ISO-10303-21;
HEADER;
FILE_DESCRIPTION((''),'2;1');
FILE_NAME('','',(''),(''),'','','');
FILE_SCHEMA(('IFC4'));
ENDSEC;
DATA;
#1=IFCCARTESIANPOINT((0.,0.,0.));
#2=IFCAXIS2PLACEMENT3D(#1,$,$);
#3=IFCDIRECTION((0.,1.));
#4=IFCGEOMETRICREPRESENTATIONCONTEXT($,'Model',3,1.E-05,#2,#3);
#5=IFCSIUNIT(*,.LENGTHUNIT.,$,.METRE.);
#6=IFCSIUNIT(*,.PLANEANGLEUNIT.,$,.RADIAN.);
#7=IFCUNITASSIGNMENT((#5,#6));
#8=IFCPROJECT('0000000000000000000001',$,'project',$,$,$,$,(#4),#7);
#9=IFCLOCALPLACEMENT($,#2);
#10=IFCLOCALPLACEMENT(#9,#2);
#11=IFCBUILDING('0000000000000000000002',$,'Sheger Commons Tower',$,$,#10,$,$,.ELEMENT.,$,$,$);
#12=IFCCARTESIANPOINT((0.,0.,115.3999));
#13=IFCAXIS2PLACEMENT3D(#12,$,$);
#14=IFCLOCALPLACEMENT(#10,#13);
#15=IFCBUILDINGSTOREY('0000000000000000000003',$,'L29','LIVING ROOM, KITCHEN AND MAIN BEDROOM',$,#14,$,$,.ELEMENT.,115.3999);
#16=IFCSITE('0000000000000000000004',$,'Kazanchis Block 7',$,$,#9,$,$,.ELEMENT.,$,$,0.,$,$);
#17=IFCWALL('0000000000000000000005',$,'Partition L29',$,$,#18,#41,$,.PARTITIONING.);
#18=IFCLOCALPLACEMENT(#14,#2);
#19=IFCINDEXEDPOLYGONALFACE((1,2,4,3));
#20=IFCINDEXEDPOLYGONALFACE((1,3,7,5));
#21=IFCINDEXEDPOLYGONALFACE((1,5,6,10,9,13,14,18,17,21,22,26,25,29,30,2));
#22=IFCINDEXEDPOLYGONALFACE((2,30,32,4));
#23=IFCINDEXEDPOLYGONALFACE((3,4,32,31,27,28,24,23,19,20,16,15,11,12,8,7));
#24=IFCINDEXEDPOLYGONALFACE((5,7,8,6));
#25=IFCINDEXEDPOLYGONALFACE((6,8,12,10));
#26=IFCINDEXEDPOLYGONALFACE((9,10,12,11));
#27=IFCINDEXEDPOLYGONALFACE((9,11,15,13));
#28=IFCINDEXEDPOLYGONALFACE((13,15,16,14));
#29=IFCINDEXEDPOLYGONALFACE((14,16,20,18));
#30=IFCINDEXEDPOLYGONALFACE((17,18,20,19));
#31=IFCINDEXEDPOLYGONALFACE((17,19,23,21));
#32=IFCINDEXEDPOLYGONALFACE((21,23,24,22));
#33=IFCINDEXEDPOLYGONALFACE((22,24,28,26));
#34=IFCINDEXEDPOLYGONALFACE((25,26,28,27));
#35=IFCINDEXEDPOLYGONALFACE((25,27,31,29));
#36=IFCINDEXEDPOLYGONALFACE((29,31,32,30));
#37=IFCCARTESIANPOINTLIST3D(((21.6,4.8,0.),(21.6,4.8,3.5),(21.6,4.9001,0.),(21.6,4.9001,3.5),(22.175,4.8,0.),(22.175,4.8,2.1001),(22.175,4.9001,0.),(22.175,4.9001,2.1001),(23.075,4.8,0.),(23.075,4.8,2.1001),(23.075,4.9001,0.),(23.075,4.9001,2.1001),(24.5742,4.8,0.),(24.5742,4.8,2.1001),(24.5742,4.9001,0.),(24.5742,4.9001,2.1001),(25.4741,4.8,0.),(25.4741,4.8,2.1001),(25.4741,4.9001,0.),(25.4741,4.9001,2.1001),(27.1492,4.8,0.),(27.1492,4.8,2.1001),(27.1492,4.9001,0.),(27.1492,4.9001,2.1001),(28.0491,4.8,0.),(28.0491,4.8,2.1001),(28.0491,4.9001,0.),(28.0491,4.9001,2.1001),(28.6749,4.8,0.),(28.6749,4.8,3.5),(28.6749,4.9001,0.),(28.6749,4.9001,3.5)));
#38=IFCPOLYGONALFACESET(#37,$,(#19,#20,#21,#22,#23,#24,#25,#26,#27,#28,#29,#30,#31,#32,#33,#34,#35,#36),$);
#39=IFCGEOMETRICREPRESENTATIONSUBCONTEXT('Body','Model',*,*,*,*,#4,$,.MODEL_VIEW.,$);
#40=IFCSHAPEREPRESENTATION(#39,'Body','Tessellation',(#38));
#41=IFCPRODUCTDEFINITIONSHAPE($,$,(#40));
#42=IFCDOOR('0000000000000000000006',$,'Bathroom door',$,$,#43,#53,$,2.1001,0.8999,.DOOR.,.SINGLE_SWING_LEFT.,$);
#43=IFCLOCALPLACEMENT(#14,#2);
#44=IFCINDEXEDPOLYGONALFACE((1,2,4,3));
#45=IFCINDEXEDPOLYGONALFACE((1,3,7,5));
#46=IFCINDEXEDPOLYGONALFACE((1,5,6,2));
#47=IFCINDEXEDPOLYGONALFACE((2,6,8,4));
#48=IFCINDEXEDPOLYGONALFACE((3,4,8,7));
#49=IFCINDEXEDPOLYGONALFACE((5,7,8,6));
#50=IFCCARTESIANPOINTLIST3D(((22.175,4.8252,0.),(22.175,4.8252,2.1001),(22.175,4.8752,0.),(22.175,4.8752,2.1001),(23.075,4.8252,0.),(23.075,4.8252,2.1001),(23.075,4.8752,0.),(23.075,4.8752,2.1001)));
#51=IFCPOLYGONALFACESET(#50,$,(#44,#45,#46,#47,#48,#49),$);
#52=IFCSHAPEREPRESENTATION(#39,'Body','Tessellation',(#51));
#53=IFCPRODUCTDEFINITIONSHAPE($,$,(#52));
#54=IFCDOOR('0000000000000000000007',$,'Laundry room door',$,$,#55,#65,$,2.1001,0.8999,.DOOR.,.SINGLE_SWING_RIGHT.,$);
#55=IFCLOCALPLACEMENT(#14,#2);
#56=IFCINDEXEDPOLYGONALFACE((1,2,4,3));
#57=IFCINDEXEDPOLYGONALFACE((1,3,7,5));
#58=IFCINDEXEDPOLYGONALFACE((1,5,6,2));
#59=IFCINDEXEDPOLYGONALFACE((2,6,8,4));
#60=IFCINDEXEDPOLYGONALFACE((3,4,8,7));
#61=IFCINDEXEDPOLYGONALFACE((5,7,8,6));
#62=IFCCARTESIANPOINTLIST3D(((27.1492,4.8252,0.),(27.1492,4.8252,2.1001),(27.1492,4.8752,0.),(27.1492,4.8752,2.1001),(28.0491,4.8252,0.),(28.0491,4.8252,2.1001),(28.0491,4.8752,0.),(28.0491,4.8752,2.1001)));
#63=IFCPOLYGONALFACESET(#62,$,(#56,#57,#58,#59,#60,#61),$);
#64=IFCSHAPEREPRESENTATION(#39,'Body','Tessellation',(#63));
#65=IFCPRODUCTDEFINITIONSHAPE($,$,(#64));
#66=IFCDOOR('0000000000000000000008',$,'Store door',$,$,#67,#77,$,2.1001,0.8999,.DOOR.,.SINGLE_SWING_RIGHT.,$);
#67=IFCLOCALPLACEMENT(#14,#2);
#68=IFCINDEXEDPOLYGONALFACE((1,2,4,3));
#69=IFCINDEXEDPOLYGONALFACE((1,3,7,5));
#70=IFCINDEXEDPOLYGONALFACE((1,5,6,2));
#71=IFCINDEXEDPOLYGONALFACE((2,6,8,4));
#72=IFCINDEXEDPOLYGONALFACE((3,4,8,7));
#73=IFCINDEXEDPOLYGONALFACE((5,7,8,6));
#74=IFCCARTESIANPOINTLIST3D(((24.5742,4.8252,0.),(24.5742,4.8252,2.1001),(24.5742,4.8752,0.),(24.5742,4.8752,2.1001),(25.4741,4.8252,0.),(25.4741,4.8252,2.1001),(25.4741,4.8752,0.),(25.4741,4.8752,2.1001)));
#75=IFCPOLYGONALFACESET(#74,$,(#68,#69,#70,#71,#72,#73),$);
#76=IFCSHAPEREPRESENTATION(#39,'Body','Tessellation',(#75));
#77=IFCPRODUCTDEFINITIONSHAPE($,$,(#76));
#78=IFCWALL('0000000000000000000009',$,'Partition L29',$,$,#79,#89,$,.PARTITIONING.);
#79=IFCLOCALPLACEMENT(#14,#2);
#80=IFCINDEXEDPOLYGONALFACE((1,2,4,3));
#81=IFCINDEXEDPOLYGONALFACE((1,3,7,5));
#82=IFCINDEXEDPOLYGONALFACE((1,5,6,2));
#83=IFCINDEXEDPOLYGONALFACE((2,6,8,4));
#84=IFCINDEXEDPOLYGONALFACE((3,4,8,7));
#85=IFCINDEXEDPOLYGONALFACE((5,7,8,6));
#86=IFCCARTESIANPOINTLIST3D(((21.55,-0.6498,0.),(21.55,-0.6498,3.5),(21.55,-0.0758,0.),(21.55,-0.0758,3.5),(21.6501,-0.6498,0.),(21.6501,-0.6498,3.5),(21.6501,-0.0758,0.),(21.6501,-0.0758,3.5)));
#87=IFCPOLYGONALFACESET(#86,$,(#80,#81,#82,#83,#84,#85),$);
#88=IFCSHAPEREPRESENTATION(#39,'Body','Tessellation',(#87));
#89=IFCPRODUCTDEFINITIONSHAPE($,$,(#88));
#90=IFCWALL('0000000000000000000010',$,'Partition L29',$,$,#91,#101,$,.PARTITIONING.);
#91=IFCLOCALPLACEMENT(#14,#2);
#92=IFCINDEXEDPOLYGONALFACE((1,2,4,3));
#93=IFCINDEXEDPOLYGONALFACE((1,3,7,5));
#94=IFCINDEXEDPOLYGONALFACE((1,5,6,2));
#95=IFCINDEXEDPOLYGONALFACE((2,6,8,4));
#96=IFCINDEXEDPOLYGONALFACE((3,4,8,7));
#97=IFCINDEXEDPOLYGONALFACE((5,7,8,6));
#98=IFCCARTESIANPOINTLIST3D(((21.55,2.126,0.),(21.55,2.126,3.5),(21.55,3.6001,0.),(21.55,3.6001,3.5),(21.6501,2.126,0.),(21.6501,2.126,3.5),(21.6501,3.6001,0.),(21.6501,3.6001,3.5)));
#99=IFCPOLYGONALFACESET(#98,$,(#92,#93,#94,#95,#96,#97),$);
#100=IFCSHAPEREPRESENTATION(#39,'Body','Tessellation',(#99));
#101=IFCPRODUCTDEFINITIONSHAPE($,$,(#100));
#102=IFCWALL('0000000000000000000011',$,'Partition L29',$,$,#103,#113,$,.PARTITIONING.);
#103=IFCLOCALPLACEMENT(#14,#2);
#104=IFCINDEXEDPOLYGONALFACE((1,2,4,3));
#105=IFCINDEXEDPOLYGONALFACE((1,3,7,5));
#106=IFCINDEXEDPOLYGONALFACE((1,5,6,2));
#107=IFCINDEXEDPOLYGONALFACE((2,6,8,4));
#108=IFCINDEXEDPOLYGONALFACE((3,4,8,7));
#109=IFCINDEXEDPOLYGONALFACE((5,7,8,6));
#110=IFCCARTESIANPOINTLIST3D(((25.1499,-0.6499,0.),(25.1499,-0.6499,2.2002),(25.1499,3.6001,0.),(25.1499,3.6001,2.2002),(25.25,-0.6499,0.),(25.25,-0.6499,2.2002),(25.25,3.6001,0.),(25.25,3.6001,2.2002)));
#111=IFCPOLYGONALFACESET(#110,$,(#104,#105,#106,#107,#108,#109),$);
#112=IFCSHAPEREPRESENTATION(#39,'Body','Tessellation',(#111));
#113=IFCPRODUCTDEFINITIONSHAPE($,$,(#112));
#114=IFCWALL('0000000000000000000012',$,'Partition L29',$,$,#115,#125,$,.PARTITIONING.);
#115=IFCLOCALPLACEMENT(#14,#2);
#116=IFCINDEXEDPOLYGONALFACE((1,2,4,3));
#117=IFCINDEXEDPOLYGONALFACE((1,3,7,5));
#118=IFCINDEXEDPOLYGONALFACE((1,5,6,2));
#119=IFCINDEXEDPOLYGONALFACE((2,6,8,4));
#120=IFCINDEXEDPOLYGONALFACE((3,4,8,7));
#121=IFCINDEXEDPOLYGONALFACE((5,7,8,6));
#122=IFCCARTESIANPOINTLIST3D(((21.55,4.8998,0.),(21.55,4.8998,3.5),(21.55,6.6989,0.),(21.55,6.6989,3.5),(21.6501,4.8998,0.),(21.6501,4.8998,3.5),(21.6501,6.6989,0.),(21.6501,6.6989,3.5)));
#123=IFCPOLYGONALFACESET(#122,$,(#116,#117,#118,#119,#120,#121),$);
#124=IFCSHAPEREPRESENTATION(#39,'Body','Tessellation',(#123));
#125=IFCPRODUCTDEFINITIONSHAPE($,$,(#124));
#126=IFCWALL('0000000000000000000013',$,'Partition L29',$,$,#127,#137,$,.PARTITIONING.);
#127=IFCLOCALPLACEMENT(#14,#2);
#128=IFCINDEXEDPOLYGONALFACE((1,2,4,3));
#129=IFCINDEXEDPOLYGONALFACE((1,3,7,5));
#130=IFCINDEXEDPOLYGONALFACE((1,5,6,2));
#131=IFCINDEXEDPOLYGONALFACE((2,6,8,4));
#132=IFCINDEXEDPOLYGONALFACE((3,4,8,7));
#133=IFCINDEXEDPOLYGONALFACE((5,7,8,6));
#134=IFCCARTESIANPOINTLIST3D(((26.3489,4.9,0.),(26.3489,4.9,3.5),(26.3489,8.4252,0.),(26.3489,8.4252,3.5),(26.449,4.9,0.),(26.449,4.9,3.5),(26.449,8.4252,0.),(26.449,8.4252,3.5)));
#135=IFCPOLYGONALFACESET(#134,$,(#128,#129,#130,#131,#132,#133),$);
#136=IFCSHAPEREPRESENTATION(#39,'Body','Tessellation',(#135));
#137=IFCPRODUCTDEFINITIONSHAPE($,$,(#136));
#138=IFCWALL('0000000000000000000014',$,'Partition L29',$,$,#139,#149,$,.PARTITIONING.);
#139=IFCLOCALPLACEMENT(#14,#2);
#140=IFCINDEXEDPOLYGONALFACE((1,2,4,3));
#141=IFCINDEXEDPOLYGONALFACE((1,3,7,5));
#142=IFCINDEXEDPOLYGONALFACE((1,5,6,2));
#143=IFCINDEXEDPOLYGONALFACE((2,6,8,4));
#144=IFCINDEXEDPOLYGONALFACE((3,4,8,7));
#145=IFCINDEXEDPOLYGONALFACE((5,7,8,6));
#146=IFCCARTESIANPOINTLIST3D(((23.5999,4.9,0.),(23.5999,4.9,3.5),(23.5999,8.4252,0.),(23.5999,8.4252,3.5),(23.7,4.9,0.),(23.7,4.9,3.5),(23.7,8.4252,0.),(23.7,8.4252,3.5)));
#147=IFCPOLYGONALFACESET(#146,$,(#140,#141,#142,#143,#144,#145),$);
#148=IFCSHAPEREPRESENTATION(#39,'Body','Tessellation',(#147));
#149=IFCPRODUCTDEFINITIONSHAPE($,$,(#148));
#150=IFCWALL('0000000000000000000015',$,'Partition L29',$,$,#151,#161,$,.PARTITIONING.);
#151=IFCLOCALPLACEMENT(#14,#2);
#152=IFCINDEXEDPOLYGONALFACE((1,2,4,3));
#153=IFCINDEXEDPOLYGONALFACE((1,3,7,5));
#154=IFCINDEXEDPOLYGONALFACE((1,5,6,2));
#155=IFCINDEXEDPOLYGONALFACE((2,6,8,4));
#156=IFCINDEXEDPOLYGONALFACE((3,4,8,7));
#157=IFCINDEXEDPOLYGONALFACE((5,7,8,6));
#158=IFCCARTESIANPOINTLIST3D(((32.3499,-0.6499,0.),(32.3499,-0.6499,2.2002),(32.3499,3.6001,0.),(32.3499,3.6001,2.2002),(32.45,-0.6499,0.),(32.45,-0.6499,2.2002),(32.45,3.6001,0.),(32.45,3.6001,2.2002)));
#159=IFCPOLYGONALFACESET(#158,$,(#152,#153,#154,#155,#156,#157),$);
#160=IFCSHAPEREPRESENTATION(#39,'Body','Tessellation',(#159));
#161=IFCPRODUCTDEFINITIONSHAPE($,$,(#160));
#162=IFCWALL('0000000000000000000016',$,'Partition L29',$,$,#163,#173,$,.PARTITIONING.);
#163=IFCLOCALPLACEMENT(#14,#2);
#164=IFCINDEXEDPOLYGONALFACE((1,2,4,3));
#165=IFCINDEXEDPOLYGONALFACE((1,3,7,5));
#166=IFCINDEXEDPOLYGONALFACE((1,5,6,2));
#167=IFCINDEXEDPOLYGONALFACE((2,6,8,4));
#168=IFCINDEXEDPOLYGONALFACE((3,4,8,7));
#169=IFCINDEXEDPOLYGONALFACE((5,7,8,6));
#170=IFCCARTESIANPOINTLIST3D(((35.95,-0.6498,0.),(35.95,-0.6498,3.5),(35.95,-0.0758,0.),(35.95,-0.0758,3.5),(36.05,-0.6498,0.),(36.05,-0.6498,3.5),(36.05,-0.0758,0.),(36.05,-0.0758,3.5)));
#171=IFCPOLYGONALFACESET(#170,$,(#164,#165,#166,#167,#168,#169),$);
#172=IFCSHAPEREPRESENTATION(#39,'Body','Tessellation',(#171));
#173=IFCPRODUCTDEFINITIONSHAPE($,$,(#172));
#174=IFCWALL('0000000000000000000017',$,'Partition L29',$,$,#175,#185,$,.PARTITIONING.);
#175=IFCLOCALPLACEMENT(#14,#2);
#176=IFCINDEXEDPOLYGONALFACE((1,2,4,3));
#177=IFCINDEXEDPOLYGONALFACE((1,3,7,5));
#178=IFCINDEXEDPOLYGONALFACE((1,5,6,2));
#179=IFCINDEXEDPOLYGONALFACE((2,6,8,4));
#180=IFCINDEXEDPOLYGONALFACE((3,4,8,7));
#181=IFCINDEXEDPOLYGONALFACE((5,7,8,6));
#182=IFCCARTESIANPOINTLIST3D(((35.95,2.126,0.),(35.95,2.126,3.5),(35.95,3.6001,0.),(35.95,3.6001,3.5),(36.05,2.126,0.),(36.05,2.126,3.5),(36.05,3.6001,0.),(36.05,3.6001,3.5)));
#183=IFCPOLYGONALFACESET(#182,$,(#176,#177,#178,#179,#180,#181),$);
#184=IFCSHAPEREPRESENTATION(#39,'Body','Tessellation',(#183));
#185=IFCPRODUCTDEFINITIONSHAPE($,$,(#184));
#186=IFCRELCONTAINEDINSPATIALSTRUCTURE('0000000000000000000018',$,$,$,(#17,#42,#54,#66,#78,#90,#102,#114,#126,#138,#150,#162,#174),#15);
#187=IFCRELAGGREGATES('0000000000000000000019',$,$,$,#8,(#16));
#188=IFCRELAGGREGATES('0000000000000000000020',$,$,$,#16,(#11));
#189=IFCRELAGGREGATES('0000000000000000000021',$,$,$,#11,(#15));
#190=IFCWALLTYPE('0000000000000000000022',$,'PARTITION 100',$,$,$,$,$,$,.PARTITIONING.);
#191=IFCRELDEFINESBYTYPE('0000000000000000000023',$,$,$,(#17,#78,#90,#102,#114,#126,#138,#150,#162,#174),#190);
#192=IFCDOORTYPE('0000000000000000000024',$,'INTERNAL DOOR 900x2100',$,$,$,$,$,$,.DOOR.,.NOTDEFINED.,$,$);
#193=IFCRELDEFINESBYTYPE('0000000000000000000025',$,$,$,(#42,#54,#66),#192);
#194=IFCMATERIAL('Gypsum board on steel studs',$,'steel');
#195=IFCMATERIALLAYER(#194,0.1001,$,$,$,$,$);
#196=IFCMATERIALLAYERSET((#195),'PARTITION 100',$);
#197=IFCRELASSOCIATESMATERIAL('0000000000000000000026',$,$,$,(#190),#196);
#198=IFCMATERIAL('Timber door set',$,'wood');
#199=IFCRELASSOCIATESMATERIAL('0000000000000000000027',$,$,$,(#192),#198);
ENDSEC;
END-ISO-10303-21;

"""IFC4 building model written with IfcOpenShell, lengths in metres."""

from ifc_helpers import new_model, si_unit, direction, frame, frame_2d, origin, place, context, subcontext, project, spatial, rectangle, extrude, material, layer, layer_set, type_object, element, fill, save


model = new_model("IFC4")

# Units and contexts
model_context = context("Model", 3, precision=1e-05, world=origin(), true_north=direction((0.0, 1.0)))
body_context = subcontext(model_context, "Body", "Model", "MODEL_VIEW")
ifc_project = project(units=[si_unit("LENGTHUNIT", "METRE"), si_unit("PLANEANGLEUNIT", "RADIAN")], contexts=[model_context])

# Site, building, storey
site_placement = place(None, origin())
site = spatial("IfcSite", under=ifc_project, at=site_placement, Name="Kazanchis Block 7", CompositionType="ELEMENT", RefElevation=0.0)
building_placement = place(site_placement, origin())
building = spatial("IfcBuilding", under=site, at=building_placement, Name="Sheger Commons Tower", CompositionType="ELEMENT")
storey_placement = place(building_placement, frame((0.0, 0.0, 115.3999)))
storey = spatial("IfcBuildingStorey", under=building, at=storey_placement, Name="L29", Description="LIVING ROOM, KITCHEN AND MAIN BEDROOM", CompositionType="ELEMENT", Elevation=115.3999)

# Wall, openings, doors
ifc_material_1 = material(Name="Gypsum board on steel studs", Category="steel")
ifc_layer_1 = layer(ifc_material_1, 0.1001)
ifc_layer_set_1 = layer_set([ifc_layer_1], Name="PARTITION 100")
wall_type_1 = type_object("IfcWallType", Name="PARTITION 100", PredefinedType="PARTITIONING", material=ifc_layer_set_1)
ifc_material_2 = material(Name="Timber door set", Category="wood")
door_type = type_object("IfcDoorType", Name="INTERNAL DOOR 900x2100", OperationType="NOTDEFINED", PredefinedType="DOOR", material=ifc_material_2)
wall_1_placement = place(storey_placement, frame((28.675, 4.8501, 0.0), z_axis=(0.0, 0.0, 1.0), x_axis=(-1.0, 0.0, 0.0)))
wall_1 = element("IfcWall", 1, at=wall_1_placement, inside=storey, type_object=wall_type_1, Name="Partition L29", PredefinedType="PARTITIONING", context=body_context, shape_type="SweptSolid", body=[
    extrude(rectangle(XDim=7.075, YDim=0.1001, at=frame_2d((3.5376, 0.0))), origin(), (0.0, 0.0, 1.0), 3.5),
])
opening_1_placement = place(wall_1_placement, frame((5.6001, 0.0, 0.0)))
opening_1 = element("IfcOpeningElement", 2, at=opening_1_placement, cuts=wall_1, PredefinedType="OPENING", context=body_context, shape_type="SweptSolid", body=[
    extrude(rectangle(XDim=0.8999, YDim=2.1001, at=frame_2d((0.45, 1.05))), frame((0.0, 0.0601, 0.0), z_axis=(0.0, -1.0, 0.0), x_axis=(1.0, 0.0, 0.0)), (0.0, 0.0, 1.0), 0.1201),
])
opening_2_placement = place(wall_1_placement, frame((0.626, 0.0, 0.0)))
opening_2 = element("IfcOpeningElement", 3, at=opening_2_placement, cuts=wall_1, PredefinedType="OPENING", context=body_context, shape_type="SweptSolid", body=[
    extrude(rectangle(XDim=0.8999, YDim=2.1001, at=frame_2d((0.45, 1.05))), frame((0.0, 0.0601, 0.0), z_axis=(0.0, -1.0, 0.0), x_axis=(1.0, 0.0, 0.0)), (0.0, 0.0, 1.0), 0.1201),
])
opening_3_placement = place(wall_1_placement, frame((3.2009, 0.0, 0.0)))
opening_3 = element("IfcOpeningElement", 4, at=opening_3_placement, cuts=wall_1, PredefinedType="OPENING", context=body_context, shape_type="SweptSolid", body=[
    extrude(rectangle(XDim=0.8999, YDim=2.1001, at=frame_2d((0.45, 1.05))), frame((0.0, 0.0601, 0.0), z_axis=(0.0, -1.0, 0.0), x_axis=(1.0, 0.0, 0.0)), (0.0, 0.0, 1.0), 0.1201),
])
door_1_placement = place(opening_1_placement, origin())
door_1 = element("IfcDoor", 5, at=door_1_placement, inside=storey, type_object=door_type, Name="Bathroom door", OperationType="SINGLE_SWING_LEFT", OverallHeight=2.1001, OverallWidth=0.8999, PredefinedType="DOOR", context=body_context, shape_type="SweptSolid", body=[
    extrude(rectangle(XDim=0.8999, YDim=2.1001, at=frame_2d((0.45, 1.05))), frame((0.0, 0.0249, 0.0), z_axis=(0.0, -1.0, 0.0), x_axis=(1.0, 0.0, 0.0)), (0.0, 0.0, 1.0), 0.05),
])
fill(opening_1, door_1)
door_2_placement = place(opening_2_placement, origin())
door_2 = element("IfcDoor", 6, at=door_2_placement, inside=storey, type_object=door_type, Name="Laundry room door", OperationType="SINGLE_SWING_RIGHT", OverallHeight=2.1001, OverallWidth=0.8999, PredefinedType="DOOR", context=body_context, shape_type="SweptSolid", body=[
    extrude(rectangle(XDim=0.8999, YDim=2.1001, at=frame_2d((0.45, 1.05))), frame((0.0, 0.0249, 0.0), z_axis=(0.0, -1.0, 0.0), x_axis=(1.0, 0.0, 0.0)), (0.0, 0.0, 1.0), 0.05),
])
fill(opening_2, door_2)
door_3_placement = place(opening_3_placement, origin())
door_3 = element("IfcDoor", 7, at=door_3_placement, inside=storey, type_object=door_type, Name="Store door", OperationType="SINGLE_SWING_RIGHT", OverallHeight=2.1001, OverallWidth=0.8999, PredefinedType="DOOR", context=body_context, shape_type="SweptSolid", body=[
    extrude(rectangle(XDim=0.8999, YDim=2.1001, at=frame_2d((0.45, 1.05))), frame((0.0, 0.0249, 0.0), z_axis=(0.0, -1.0, 0.0), x_axis=(1.0, 0.0, 0.0)), (0.0, 0.0, 1.0), 0.05),
])
fill(opening_3, door_3)

# Walls
wall_2_placement = place(storey_placement, frame((21.6001, -0.6499, 0.0), z_axis=(0.0, 0.0, 1.0), x_axis=(0.0, 1.0, 0.0)))
element("IfcWall", 8, at=wall_2_placement, inside=storey, type_object=wall_type_1, Name="Partition L29", PredefinedType="PARTITIONING", context=body_context, shape_type="SweptSolid", body=[
    extrude(rectangle(XDim=0.574, YDim=0.1001, at=frame_2d((0.2871, 0.0))), origin(), (0.0, 0.0, 1.0), 3.5),
])
wall_3_placement = place(storey_placement, frame((21.6001, 2.126, 0.0), z_axis=(0.0, 0.0, 1.0), x_axis=(0.0, 1.0, 0.0)))
element("IfcWall", 9, at=wall_3_placement, inside=storey, type_object=wall_type_1, Name="Partition L29", PredefinedType="PARTITIONING", context=body_context, shape_type="SweptSolid", body=[
    extrude(rectangle(XDim=1.4741, YDim=0.1001, at=frame_2d((0.7371, 0.0))), origin(), (0.0, 0.0, 1.0), 3.5),
])
wall_4_placement = place(storey_placement, frame((25.2, -0.6499, 0.0), z_axis=(0.0, 0.0, 1.0), x_axis=(0.0, 1.0, 0.0)))
element("IfcWall", 10, at=wall_4_placement, inside=storey, type_object=wall_type_1, Name="Partition L29", PredefinedType="PARTITIONING", context=body_context, shape_type="SweptSolid", body=[
    extrude(rectangle(XDim=4.25, YDim=0.1001, at=frame_2d((2.125, 0.0))), origin(), (0.0, 0.0, 1.0), 2.2002),
])
wall_5_placement = place(storey_placement, frame((21.6001, 4.8999, 0.0), z_axis=(0.0, 0.0, 1.0), x_axis=(0.0, 1.0, 0.0)))
element("IfcWall", 11, at=wall_5_placement, inside=storey, type_object=wall_type_1, Name="Partition L29", PredefinedType="PARTITIONING", context=body_context, shape_type="SweptSolid", body=[
    extrude(rectangle(XDim=1.7991, YDim=0.1001, at=frame_2d((0.8994, 0.0))), origin(), (0.0, 0.0, 1.0), 3.5),
])
for number, where, z_axis, x_axis, name in (
    (12, (26.3989, 4.8999, 0.0), (0.0, 0.0, 1.0), (0.0, 1.0, 0.0), "Partition L29"),
    (13, (23.6499, 4.8999, 0.0), (0.0, 0.0, 1.0), (0.0, 1.0, 0.0), "Partition L29"),
):
    element("IfcWall", number, at=place(storey_placement, frame(where, z_axis=z_axis, x_axis=x_axis)), inside=storey, type_object=wall_type_1, Name=name, PredefinedType="PARTITIONING", context=body_context, shape_type="SweptSolid", body=[
        extrude(rectangle(XDim=3.5251, YDim=0.1001, at=frame_2d((1.7627, 0.0))), origin(), (0.0, 0.0, 1.0), 3.5),
    ])
wall_6_placement = place(storey_placement, frame((32.3999, -0.6499, 0.0), z_axis=(0.0, 0.0, 1.0), x_axis=(0.0, 1.0, 0.0)))
element("IfcWall", 14, at=wall_6_placement, inside=storey, type_object=wall_type_1, Name="Partition L29", PredefinedType="PARTITIONING", context=body_context, shape_type="SweptSolid", body=[
    extrude(rectangle(XDim=4.25, YDim=0.1001, at=frame_2d((2.125, 0.0))), origin(), (0.0, 0.0, 1.0), 2.2002),
])
wall_7_placement = place(storey_placement, frame((36.0, -0.6499, 0.0), z_axis=(0.0, 0.0, 1.0), x_axis=(0.0, 1.0, 0.0)))
element("IfcWall", 15, at=wall_7_placement, inside=storey, type_object=wall_type_1, Name="Partition L29", PredefinedType="PARTITIONING", context=body_context, shape_type="SweptSolid", body=[
    extrude(rectangle(XDim=0.574, YDim=0.1001, at=frame_2d((0.2871, 0.0))), origin(), (0.0, 0.0, 1.0), 3.5),
])
wall_8_placement = place(storey_placement, frame((36.0, 2.126, 0.0), z_axis=(0.0, 0.0, 1.0), x_axis=(0.0, 1.0, 0.0)))
element("IfcWall", 16, at=wall_8_placement, inside=storey, type_object=wall_type_1, Name="Partition L29", PredefinedType="PARTITIONING", context=body_context, shape_type="SweptSolid", body=[
    extrude(rectangle(XDim=1.4741, YDim=0.1001, at=frame_2d((0.7371, 0.0))), origin(), (0.0, 0.0, 1.0), 3.5),
])

save(model, "model.ifc")
